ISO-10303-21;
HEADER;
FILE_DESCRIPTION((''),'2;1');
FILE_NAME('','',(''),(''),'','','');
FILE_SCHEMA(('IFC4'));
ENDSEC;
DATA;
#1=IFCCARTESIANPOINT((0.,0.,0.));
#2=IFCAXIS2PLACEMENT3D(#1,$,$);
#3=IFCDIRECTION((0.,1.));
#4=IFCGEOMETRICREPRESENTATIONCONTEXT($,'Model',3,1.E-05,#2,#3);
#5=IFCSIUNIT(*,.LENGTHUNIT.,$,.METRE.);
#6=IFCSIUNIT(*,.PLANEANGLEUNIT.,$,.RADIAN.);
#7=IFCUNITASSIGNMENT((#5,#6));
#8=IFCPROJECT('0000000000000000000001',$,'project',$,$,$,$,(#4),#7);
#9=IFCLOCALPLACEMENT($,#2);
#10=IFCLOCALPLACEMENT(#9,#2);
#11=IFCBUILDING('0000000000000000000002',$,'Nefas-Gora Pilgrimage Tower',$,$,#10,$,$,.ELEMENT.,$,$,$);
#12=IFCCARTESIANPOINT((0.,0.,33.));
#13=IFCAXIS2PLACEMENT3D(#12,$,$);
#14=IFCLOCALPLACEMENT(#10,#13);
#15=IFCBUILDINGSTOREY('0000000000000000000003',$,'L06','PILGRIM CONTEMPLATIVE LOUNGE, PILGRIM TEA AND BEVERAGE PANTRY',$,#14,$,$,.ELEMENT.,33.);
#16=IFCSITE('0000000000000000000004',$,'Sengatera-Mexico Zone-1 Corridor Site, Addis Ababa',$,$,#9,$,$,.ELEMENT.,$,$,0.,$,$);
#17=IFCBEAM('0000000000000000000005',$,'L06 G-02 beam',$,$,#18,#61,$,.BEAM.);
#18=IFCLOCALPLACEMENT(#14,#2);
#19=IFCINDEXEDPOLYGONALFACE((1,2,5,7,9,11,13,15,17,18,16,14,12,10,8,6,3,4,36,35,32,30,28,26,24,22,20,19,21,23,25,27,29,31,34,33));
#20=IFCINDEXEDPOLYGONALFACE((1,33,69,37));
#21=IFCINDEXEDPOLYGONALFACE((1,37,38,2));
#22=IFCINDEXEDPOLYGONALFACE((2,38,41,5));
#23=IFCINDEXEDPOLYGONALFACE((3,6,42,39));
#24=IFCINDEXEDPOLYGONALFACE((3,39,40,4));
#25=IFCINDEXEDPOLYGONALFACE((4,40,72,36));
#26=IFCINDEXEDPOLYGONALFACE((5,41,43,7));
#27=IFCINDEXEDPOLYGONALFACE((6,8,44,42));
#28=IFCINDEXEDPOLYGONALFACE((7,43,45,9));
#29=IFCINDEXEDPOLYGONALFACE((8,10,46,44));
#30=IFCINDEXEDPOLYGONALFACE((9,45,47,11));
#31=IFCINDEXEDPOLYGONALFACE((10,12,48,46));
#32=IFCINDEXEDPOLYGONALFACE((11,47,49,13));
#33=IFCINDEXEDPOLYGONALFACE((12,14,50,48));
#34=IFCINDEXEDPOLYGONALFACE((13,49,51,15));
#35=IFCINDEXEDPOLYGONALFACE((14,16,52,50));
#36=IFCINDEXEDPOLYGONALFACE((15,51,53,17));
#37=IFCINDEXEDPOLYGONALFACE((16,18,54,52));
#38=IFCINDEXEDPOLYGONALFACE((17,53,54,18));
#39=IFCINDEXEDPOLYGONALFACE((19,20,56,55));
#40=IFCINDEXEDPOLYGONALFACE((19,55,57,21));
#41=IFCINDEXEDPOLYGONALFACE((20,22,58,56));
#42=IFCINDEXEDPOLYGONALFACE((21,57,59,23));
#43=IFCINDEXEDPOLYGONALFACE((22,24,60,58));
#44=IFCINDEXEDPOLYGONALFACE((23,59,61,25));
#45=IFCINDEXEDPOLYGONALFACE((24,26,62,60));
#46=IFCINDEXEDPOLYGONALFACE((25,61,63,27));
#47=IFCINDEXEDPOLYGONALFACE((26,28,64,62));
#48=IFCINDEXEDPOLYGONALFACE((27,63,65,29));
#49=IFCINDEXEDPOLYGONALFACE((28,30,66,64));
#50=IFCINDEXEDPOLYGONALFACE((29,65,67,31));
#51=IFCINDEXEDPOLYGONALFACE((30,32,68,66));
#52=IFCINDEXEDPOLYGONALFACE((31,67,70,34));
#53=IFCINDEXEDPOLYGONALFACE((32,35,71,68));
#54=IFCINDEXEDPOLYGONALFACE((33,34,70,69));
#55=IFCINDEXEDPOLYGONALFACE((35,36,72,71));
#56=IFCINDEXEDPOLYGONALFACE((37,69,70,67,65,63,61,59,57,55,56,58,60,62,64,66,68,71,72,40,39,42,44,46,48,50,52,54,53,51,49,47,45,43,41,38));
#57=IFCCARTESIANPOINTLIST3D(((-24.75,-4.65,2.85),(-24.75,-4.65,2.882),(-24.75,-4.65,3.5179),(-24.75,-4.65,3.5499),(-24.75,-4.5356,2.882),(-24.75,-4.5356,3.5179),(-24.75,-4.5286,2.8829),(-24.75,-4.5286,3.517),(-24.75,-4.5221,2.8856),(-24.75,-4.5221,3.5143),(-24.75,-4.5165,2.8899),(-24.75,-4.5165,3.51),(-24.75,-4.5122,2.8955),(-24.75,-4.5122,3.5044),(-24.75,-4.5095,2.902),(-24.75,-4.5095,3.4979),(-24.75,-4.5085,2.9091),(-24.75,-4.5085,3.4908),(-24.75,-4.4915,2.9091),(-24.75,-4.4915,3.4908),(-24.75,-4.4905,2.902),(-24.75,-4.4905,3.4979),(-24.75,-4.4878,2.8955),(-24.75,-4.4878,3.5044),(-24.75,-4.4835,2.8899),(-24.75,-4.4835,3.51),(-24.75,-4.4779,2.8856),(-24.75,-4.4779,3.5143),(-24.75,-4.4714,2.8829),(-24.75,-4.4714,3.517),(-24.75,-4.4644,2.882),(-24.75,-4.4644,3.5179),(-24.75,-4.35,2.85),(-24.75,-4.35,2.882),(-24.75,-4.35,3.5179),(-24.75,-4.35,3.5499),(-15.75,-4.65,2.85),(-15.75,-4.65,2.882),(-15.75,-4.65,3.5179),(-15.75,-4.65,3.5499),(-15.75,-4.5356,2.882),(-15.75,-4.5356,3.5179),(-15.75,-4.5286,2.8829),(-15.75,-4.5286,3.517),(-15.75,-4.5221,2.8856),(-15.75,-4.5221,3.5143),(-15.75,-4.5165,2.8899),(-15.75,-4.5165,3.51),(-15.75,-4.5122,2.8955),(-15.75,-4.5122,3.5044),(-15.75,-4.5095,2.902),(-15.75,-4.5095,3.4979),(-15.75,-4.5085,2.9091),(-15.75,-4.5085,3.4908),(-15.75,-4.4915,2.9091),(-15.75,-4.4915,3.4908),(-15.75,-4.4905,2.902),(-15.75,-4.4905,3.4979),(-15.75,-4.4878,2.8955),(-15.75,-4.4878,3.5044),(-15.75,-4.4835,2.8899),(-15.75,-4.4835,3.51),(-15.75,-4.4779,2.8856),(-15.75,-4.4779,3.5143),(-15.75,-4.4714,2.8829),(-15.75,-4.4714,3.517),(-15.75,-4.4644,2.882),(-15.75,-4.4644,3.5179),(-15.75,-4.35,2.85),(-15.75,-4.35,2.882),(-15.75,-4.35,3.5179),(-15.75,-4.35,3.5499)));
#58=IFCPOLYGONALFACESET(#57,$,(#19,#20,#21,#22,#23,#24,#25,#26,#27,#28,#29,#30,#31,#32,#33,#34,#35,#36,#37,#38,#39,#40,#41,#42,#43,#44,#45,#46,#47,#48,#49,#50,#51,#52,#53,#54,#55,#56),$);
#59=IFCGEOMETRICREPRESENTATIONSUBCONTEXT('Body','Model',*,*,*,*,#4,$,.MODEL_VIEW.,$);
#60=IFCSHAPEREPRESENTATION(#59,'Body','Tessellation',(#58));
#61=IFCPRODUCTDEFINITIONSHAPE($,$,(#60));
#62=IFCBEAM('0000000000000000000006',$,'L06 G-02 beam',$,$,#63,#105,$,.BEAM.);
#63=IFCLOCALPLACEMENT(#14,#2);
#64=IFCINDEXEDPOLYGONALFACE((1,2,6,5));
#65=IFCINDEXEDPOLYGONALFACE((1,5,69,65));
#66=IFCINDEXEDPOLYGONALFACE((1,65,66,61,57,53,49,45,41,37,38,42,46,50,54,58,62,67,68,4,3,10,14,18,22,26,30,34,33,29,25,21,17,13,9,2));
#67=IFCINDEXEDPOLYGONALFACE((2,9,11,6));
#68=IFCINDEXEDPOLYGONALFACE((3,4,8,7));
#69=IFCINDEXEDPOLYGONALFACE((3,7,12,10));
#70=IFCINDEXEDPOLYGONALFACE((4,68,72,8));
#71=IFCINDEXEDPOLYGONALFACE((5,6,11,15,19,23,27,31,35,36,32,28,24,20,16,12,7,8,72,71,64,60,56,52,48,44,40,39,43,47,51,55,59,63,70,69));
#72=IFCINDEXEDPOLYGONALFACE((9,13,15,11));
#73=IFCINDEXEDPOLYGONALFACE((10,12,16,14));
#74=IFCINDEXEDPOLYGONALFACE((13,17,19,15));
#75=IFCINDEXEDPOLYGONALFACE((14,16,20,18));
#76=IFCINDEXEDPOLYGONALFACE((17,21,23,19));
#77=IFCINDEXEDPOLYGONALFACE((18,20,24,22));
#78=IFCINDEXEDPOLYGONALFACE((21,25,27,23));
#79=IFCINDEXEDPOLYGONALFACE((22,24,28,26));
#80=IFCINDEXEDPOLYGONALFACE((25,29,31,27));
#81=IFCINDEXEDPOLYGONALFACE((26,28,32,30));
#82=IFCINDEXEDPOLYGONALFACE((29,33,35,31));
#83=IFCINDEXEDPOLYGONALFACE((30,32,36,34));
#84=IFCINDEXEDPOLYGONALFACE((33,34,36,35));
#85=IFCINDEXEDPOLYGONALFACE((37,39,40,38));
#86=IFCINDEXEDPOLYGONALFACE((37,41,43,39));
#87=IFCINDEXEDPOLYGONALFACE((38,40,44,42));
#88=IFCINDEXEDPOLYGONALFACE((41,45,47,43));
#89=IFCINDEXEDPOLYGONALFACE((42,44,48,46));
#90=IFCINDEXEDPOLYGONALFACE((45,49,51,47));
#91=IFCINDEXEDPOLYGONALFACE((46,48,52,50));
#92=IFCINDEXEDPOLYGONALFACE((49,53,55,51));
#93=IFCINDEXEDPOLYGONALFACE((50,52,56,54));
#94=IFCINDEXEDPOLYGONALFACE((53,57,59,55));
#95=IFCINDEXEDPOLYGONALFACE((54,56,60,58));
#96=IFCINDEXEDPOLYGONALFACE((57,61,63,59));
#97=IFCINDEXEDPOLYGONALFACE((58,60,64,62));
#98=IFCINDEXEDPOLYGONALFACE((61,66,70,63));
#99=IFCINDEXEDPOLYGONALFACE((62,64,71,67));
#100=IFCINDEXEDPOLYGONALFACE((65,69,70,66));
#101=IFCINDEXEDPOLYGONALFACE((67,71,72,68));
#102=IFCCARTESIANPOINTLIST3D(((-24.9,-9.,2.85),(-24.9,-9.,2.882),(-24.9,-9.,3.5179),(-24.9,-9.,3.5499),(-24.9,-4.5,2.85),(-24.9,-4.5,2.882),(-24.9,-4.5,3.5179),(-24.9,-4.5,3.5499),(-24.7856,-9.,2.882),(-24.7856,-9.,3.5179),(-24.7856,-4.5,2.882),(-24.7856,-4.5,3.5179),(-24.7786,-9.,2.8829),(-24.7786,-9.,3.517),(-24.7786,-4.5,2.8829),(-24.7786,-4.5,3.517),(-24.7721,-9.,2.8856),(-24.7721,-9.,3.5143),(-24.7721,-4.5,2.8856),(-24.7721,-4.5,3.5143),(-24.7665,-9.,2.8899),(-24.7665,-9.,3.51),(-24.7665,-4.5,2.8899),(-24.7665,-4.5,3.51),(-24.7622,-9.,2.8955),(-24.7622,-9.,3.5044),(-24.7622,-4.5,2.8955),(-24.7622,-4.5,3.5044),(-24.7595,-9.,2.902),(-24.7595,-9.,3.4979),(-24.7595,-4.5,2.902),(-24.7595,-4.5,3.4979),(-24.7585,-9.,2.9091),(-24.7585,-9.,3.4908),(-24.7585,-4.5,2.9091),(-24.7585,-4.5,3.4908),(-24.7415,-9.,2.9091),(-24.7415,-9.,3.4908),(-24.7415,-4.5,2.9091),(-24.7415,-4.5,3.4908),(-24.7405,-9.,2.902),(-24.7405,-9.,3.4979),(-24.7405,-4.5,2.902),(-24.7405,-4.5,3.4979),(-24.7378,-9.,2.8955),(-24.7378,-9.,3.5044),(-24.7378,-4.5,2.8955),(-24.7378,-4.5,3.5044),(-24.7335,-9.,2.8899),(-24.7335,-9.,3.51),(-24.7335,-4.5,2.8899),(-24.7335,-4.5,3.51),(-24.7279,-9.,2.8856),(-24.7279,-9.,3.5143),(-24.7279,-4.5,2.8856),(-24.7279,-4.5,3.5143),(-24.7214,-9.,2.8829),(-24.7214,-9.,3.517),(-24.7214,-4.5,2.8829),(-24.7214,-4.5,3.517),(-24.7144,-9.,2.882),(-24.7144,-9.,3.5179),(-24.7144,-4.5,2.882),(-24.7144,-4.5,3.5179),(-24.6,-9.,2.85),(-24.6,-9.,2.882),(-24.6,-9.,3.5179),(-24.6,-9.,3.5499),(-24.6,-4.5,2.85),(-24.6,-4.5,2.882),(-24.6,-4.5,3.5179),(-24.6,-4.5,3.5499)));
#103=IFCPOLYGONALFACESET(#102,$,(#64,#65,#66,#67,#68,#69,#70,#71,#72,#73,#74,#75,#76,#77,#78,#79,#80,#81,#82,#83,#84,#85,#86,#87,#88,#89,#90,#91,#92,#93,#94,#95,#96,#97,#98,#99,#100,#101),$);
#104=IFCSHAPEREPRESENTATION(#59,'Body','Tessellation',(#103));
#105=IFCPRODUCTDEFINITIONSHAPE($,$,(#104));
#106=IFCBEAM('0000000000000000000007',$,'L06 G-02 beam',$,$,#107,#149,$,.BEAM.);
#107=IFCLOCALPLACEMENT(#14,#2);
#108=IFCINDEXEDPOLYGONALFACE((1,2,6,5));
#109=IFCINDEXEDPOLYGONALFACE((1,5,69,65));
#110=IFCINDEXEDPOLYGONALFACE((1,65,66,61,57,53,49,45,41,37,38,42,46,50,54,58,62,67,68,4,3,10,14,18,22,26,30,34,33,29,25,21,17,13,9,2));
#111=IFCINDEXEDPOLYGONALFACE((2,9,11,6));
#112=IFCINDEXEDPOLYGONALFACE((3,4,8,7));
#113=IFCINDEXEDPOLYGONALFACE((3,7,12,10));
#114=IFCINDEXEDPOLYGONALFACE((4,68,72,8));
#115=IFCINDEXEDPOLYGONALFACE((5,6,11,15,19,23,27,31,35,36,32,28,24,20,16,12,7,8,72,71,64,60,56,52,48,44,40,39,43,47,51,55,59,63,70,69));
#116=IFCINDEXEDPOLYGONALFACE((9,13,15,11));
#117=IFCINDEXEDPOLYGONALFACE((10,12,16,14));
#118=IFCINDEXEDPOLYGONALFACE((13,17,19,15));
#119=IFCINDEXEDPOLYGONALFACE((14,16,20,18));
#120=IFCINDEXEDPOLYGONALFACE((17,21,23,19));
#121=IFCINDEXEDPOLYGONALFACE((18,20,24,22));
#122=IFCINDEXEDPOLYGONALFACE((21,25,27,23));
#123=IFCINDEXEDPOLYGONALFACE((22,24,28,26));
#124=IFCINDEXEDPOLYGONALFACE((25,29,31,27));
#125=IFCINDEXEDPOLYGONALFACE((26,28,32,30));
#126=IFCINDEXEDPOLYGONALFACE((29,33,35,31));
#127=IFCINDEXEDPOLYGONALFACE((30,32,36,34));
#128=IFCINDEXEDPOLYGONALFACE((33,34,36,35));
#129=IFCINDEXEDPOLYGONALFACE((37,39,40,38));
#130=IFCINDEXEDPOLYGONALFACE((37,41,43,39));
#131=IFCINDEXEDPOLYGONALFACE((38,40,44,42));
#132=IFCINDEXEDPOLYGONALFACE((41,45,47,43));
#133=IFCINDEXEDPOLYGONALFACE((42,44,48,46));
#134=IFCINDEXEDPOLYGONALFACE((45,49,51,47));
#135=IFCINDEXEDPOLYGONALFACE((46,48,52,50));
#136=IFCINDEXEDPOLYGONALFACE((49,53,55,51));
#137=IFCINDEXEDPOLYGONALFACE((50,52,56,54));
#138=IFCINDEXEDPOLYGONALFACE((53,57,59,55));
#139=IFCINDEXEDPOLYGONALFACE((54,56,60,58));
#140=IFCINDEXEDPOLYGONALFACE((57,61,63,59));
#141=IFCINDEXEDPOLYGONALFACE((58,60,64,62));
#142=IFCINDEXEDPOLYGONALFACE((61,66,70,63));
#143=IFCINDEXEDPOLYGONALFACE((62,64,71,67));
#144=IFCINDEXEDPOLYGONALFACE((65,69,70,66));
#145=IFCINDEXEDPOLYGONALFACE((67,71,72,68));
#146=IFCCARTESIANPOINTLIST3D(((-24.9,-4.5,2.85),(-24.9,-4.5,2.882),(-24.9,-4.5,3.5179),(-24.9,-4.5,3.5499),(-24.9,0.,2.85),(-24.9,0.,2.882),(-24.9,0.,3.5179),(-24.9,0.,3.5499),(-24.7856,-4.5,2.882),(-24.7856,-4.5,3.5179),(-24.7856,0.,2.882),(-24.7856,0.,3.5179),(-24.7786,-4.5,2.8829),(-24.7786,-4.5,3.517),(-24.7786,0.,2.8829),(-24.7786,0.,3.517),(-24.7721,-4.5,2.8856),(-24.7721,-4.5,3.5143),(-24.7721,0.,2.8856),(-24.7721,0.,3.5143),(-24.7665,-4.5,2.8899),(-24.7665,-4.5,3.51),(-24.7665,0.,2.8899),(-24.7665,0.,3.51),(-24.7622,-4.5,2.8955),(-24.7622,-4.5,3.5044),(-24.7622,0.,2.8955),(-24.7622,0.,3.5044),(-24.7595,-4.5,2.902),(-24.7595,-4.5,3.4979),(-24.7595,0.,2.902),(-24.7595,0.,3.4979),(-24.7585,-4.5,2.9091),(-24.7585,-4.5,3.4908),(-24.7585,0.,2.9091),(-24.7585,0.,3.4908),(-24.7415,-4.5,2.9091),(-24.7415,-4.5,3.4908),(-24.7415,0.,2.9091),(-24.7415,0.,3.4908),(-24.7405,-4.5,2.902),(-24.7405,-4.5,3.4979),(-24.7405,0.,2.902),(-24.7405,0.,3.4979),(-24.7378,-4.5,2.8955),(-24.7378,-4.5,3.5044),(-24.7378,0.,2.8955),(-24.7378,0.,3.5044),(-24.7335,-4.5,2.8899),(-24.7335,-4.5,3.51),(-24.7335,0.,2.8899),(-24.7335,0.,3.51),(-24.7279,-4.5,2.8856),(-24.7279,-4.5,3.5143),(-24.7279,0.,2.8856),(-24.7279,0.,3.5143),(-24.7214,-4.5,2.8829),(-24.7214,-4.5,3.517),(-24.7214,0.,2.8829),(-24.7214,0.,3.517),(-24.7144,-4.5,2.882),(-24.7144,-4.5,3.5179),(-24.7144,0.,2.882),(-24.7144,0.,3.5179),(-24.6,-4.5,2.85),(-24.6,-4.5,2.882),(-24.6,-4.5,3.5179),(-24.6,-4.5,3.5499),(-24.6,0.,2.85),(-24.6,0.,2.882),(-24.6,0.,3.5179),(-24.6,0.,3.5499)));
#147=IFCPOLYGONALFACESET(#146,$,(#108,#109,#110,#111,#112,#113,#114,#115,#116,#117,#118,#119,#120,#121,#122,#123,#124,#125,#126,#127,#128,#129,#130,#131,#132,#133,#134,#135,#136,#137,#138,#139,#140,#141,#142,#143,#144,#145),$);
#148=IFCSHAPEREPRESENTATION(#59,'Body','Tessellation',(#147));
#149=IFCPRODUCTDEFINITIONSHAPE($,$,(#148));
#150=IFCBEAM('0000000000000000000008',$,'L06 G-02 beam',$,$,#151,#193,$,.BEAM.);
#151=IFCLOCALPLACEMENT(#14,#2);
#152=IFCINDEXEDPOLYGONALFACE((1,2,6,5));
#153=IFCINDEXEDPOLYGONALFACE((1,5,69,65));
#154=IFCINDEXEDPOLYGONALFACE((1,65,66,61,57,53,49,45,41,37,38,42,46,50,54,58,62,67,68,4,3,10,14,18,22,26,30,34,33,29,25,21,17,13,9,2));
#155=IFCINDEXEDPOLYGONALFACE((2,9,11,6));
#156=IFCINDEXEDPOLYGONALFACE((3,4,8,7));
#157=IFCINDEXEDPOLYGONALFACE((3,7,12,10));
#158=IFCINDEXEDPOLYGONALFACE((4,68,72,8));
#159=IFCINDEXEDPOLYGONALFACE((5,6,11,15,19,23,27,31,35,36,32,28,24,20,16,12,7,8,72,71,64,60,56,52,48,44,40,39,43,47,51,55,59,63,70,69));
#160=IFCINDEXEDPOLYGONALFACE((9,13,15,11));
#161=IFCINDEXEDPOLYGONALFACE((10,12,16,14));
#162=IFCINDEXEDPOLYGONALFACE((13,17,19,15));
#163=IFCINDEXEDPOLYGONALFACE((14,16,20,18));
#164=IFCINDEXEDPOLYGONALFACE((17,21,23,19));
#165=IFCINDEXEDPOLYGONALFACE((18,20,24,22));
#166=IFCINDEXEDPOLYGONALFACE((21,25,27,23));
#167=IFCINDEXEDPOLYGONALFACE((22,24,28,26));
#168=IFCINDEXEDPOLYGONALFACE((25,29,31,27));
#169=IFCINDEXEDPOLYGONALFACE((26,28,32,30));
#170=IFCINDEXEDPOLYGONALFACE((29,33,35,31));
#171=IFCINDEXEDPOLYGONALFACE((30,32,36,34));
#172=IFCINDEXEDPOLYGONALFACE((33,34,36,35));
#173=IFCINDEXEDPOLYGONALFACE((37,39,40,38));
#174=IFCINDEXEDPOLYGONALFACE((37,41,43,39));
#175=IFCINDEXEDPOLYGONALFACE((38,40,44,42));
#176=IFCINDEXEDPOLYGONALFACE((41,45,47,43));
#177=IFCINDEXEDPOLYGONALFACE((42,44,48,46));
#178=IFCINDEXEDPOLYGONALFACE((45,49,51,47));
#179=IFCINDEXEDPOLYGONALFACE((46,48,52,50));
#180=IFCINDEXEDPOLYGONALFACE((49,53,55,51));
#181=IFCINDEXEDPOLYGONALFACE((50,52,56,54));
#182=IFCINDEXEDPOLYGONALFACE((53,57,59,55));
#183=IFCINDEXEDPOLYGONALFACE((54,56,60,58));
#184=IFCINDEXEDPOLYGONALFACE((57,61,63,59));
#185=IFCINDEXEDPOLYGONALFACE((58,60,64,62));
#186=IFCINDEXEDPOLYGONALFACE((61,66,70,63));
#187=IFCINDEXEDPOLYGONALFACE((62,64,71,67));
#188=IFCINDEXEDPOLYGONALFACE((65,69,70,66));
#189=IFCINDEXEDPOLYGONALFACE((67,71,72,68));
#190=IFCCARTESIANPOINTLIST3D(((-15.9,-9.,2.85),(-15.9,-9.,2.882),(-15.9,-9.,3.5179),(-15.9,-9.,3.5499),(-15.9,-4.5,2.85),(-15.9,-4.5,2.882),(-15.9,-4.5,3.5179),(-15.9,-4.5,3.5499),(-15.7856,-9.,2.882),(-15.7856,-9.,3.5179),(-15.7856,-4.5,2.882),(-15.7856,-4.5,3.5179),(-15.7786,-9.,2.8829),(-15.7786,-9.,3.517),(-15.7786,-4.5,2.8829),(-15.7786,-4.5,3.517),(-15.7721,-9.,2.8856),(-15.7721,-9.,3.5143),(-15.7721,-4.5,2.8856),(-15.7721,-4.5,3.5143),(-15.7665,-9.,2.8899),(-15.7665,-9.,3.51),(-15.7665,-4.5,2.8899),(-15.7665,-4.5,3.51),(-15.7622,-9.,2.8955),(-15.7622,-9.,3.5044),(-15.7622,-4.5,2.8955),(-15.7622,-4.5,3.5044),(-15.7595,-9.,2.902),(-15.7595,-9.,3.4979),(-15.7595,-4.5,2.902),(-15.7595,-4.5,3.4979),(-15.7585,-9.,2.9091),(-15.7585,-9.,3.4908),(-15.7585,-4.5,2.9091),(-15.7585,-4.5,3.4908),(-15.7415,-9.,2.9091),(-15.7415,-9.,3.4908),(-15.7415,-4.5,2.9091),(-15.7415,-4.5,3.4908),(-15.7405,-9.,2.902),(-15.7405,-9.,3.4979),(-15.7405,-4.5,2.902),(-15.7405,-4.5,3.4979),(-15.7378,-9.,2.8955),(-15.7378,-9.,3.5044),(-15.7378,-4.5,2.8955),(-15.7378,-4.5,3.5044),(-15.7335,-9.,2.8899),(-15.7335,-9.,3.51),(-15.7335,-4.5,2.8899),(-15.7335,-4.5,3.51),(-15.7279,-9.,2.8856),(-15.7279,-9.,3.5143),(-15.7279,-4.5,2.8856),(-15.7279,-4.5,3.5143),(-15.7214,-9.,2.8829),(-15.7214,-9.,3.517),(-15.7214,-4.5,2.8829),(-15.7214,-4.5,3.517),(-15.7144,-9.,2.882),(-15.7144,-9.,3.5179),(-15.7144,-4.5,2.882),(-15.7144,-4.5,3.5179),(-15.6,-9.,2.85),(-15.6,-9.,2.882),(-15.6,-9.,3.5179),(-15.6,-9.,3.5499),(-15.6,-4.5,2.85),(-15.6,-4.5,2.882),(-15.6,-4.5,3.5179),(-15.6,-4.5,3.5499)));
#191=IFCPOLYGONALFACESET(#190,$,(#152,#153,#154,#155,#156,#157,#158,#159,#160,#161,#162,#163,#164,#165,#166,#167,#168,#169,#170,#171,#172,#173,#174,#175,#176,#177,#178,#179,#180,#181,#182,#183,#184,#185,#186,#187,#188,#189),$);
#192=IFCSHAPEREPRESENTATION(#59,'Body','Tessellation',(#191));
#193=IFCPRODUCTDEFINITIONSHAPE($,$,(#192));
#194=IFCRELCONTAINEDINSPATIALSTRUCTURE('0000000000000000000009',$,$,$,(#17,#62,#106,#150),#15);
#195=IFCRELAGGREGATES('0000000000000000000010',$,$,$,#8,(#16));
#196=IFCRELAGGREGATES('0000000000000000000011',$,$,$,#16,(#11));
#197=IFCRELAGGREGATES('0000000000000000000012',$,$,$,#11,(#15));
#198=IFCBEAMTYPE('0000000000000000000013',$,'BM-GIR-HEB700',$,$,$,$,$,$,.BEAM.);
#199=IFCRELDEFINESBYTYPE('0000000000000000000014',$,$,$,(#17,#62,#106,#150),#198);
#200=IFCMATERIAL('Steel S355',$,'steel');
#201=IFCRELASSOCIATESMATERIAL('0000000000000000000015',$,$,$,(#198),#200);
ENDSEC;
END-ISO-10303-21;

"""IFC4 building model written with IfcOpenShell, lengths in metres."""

from ifc_helpers import new_model, si_unit, direction, frame, origin, origin_2d, place, context, subcontext, project, spatial, i_section, extrude, source, transform, mapped, material, material_profile, profile_set, type_object, element, save


model = new_model("IFC4")

# Units and contexts
model_context = context("Model", 3, precision=1e-05, world=origin(), true_north=direction((0.0, 1.0)))
body_context = subcontext(model_context, "Body", "Model", "MODEL_VIEW")
ifc_project = project(units=[si_unit("LENGTHUNIT", "METRE"), si_unit("PLANEANGLEUNIT", "RADIAN")], contexts=[model_context])

# Site, building, storey
site_placement = place(None, origin())
site = spatial("IfcSite", under=ifc_project, at=site_placement, Name="Sengatera-Mexico Zone-1 Corridor Site, Addis Ababa", CompositionType="ELEMENT", RefElevation=0.0)
building_placement = place(site_placement, origin())
building = spatial("IfcBuilding", under=site, at=building_placement, Name="Nefas-Gora Pilgrimage Tower", CompositionType="ELEMENT")
storey_placement = place(building_placement, frame((0.0, 0.0, 33.0)))
storey = spatial("IfcBuildingStorey", under=building, at=storey_placement, Name="L06", Description="PILGRIM CONTEMPLATIVE LOUNGE, PILGRIM TEA AND BEVERAGE PANTRY", CompositionType="ELEMENT", Elevation=33.0)

# Beams
ifc_material_1 = material(Name="Steel S355", Category="steel")
ifc_material_profile_1 = material_profile(ifc_material_1, i_section(OverallWidth=0.3, OverallDepth=0.7, WebThickness=0.0171, FlangeThickness=0.032, FilletRadius=0.0271, at=origin_2d()), Name="HEB 700")
ifc_profile_set_1 = profile_set([ifc_material_profile_1], Name="Steel S355")
beam_type_1 = type_object("IfcBeamType", Name="BM-GIR-HEB700", PredefinedType="BEAM", material=ifc_profile_set_1)
shared_shape_1 = source(origin(), body_context, "Body", "SweptSolid", [
    extrude(i_section(OverallWidth=0.3, OverallDepth=0.7, WebThickness=0.0171, FlangeThickness=0.032, FilletRadius=0.0271, at=origin_2d()), origin(), (0.0, 0.0, 1.0), 9.0),
])
for number, where, z_axis, x_axis, name in (
    (1, (-24.75, -4.5, 3.2), (1.0, 0.0, 0.0), (0.0, 1.0, 0.0), "L06 G-02 beam"),
):
    element("IfcBeam", number, at=place(storey_placement, frame(where, z_axis=z_axis, x_axis=x_axis)), inside=storey, type_object=beam_type_1, Name=name, PredefinedType="BEAM", context=body_context, shape_type="MappedRepresentation", body=[
        mapped(shared_shape_1, transform((0.0, 0.0, 0.0), x_axis=(1.0, 0.0, 0.0), y_axis=(0.0, 1.0, 0.0), z_axis=(0.0, 0.0, 1.0), scale=1.0)),
    ])
shared_shape_2 = source(origin(), body_context, "Body", "SweptSolid", [
    extrude(i_section(OverallWidth=0.3, OverallDepth=0.7, WebThickness=0.0171, FlangeThickness=0.032, FilletRadius=0.0271, at=origin_2d()), origin(), (0.0, 0.0, 1.0), 4.5),
])
for number, where, z_axis, x_axis, name in (
    (2, (-24.75, -9.0, 3.2), (0.0, 1.0, 0.0), (-1.0, 0.0, 0.0), "L06 G-02 beam"),
    (3, (-24.75, -4.5, 3.2), (0.0, 1.0, 0.0), (-1.0, 0.0, 0.0), "L06 G-02 beam"),
    (4, (-15.75, -9.0, 3.2), (0.0, 1.0, 0.0), (-1.0, 0.0, 0.0), "L06 G-02 beam"),
):
    element("IfcBeam", number, at=place(storey_placement, frame(where, z_axis=z_axis, x_axis=x_axis)), inside=storey, type_object=beam_type_1, Name=name, PredefinedType="BEAM", context=body_context, shape_type="MappedRepresentation", body=[
        mapped(shared_shape_2, transform((0.0, 0.0, 0.0), x_axis=(1.0, 0.0, 0.0), y_axis=(0.0, 1.0, 0.0), z_axis=(0.0, 0.0, 1.0), scale=1.0)),
    ])

save(model, "model.ifc")
